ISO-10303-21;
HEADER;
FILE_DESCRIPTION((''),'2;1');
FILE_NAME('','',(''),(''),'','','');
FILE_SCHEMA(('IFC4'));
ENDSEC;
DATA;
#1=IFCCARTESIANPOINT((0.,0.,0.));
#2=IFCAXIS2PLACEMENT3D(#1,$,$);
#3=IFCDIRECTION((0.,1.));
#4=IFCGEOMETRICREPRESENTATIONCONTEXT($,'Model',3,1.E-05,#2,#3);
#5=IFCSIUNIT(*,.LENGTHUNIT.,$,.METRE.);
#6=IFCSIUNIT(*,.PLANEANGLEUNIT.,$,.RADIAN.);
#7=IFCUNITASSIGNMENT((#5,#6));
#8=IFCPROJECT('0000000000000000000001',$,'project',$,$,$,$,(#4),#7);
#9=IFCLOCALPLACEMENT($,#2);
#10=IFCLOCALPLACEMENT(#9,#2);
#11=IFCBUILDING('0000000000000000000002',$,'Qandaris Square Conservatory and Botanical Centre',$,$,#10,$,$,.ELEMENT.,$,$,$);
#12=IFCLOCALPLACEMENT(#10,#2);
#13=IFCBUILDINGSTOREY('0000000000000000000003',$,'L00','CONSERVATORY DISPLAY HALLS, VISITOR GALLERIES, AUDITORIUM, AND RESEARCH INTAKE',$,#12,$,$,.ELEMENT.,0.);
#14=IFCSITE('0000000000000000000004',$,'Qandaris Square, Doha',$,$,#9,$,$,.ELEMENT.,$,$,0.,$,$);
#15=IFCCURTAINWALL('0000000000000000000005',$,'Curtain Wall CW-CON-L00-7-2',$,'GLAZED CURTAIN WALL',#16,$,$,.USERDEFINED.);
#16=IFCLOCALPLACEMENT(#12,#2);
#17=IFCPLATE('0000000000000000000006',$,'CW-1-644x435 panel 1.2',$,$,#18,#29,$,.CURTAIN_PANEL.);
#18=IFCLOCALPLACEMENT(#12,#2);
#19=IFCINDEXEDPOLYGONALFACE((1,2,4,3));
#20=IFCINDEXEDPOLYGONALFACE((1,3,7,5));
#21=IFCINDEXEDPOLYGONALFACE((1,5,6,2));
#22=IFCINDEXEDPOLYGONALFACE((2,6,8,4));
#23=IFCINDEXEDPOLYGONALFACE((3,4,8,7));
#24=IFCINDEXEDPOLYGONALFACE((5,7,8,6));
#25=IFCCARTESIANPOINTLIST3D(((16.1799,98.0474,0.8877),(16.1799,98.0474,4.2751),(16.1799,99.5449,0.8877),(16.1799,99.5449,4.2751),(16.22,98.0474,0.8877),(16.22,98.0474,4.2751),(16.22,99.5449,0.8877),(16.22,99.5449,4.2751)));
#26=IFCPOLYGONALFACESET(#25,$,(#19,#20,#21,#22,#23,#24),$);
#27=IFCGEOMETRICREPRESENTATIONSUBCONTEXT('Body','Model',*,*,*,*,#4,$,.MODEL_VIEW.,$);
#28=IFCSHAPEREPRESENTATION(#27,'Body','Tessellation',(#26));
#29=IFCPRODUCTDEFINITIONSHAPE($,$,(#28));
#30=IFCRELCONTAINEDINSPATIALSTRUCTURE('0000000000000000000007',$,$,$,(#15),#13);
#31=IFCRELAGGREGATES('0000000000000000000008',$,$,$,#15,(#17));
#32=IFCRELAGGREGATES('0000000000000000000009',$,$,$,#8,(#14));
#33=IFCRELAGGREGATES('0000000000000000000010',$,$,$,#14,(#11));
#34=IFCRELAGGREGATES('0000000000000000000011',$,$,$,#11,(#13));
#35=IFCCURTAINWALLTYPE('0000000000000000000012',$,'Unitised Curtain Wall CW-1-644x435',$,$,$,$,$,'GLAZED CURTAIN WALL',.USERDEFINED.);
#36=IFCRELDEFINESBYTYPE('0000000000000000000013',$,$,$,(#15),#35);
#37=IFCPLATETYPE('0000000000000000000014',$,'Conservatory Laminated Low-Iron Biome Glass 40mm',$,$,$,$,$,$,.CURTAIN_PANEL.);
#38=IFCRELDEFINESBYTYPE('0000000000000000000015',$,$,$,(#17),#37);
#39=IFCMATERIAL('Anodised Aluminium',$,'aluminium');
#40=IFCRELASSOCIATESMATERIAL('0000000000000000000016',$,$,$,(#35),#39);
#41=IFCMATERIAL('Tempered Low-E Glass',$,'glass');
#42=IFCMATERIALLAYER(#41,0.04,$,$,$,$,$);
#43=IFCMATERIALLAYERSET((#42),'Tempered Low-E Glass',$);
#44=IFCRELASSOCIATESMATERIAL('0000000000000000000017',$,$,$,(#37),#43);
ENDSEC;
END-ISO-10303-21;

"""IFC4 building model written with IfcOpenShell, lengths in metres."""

from ifc_helpers import new_model, si_unit, direction, frame, origin, origin_2d, place, context, subcontext, project, spatial, rectangle, extrude, material, layer, layer_set, type_object, element, aggregate, save


model = new_model("IFC4")

# Units and contexts
model_context = context("Model", 3, precision=1e-05, world=origin(), true_north=direction((0.0, 1.0)))
body_context = subcontext(model_context, "Body", "Model", "MODEL_VIEW")
ifc_project = project(units=[si_unit("LENGTHUNIT", "METRE"), si_unit("PLANEANGLEUNIT", "RADIAN")], contexts=[model_context])

# Site, building, storey
site_placement = place(None, origin())
site = spatial("IfcSite", under=ifc_project, at=site_placement, Name="Qandaris Square, Doha", CompositionType="ELEMENT", RefElevation=0.0)
building_placement = place(site_placement, origin())
building = spatial("IfcBuilding", under=site, at=building_placement, Name="Qandaris Square Conservatory and Botanical Centre", CompositionType="ELEMENT")
storey_placement = place(building_placement, origin())
storey = spatial("IfcBuildingStorey", under=building, at=storey_placement, Name="L00", Description="CONSERVATORY DISPLAY HALLS, VISITOR GALLERIES, AUDITORIUM, AND RESEARCH INTAKE", CompositionType="ELEMENT", Elevation=0.0)

# Shared definitions
ifc_material_1 = material(Name="Anodised Aluminium", Category="aluminium")
curtain_wall_type = type_object("IfcCurtainWallType", Name="Unitised Curtain Wall CW-1-644x435", ElementType="GLAZED CURTAIN WALL", PredefinedType="USERDEFINED", material=ifc_material_1)

# Curtain wall
curtain_wall_1_placement = place(storey_placement, origin())
curtain_wall_1 = element("IfcCurtainWall", 1, at=curtain_wall_1_placement, inside=storey, type_object=curtain_wall_type, Name="Curtain Wall CW-CON-L00-7-2", ObjectType="GLAZED CURTAIN WALL", PredefinedType="USERDEFINED")

# Plate
ifc_material_2 = material(Name="Tempered Low-E Glass", Category="glass")
ifc_layer = layer(ifc_material_2, 0.04)
ifc_layer_set = layer_set([ifc_layer], Name="Tempered Low-E Glass")
plate_type = type_object("IfcPlateType", Name="Conservatory Laminated Low-Iron Biome Glass 40mm", PredefinedType="CURTAIN_PANEL", material=ifc_layer_set)
plate_1_placement = place(storey_placement, frame((16.2, 98.7961, 0.8877), z_axis=(0.0, 0.0, 1.0), x_axis=(0.0, -1.0, 0.0)))
plate_1 = element("IfcPlate", 2, at=plate_1_placement, type_object=plate_type, Name="CW-1-644x435 panel 1.2", PredefinedType="CURTAIN_PANEL", context=body_context, shape_type="SweptSolid", body=[
    extrude(rectangle(XDim=1.4976, YDim=0.04, at=origin_2d()), origin(), (0.0, 0.0, 1.0), 3.3875),
])
aggregate(curtain_wall_1, [plate_1])

save(model, "model.ifc")
